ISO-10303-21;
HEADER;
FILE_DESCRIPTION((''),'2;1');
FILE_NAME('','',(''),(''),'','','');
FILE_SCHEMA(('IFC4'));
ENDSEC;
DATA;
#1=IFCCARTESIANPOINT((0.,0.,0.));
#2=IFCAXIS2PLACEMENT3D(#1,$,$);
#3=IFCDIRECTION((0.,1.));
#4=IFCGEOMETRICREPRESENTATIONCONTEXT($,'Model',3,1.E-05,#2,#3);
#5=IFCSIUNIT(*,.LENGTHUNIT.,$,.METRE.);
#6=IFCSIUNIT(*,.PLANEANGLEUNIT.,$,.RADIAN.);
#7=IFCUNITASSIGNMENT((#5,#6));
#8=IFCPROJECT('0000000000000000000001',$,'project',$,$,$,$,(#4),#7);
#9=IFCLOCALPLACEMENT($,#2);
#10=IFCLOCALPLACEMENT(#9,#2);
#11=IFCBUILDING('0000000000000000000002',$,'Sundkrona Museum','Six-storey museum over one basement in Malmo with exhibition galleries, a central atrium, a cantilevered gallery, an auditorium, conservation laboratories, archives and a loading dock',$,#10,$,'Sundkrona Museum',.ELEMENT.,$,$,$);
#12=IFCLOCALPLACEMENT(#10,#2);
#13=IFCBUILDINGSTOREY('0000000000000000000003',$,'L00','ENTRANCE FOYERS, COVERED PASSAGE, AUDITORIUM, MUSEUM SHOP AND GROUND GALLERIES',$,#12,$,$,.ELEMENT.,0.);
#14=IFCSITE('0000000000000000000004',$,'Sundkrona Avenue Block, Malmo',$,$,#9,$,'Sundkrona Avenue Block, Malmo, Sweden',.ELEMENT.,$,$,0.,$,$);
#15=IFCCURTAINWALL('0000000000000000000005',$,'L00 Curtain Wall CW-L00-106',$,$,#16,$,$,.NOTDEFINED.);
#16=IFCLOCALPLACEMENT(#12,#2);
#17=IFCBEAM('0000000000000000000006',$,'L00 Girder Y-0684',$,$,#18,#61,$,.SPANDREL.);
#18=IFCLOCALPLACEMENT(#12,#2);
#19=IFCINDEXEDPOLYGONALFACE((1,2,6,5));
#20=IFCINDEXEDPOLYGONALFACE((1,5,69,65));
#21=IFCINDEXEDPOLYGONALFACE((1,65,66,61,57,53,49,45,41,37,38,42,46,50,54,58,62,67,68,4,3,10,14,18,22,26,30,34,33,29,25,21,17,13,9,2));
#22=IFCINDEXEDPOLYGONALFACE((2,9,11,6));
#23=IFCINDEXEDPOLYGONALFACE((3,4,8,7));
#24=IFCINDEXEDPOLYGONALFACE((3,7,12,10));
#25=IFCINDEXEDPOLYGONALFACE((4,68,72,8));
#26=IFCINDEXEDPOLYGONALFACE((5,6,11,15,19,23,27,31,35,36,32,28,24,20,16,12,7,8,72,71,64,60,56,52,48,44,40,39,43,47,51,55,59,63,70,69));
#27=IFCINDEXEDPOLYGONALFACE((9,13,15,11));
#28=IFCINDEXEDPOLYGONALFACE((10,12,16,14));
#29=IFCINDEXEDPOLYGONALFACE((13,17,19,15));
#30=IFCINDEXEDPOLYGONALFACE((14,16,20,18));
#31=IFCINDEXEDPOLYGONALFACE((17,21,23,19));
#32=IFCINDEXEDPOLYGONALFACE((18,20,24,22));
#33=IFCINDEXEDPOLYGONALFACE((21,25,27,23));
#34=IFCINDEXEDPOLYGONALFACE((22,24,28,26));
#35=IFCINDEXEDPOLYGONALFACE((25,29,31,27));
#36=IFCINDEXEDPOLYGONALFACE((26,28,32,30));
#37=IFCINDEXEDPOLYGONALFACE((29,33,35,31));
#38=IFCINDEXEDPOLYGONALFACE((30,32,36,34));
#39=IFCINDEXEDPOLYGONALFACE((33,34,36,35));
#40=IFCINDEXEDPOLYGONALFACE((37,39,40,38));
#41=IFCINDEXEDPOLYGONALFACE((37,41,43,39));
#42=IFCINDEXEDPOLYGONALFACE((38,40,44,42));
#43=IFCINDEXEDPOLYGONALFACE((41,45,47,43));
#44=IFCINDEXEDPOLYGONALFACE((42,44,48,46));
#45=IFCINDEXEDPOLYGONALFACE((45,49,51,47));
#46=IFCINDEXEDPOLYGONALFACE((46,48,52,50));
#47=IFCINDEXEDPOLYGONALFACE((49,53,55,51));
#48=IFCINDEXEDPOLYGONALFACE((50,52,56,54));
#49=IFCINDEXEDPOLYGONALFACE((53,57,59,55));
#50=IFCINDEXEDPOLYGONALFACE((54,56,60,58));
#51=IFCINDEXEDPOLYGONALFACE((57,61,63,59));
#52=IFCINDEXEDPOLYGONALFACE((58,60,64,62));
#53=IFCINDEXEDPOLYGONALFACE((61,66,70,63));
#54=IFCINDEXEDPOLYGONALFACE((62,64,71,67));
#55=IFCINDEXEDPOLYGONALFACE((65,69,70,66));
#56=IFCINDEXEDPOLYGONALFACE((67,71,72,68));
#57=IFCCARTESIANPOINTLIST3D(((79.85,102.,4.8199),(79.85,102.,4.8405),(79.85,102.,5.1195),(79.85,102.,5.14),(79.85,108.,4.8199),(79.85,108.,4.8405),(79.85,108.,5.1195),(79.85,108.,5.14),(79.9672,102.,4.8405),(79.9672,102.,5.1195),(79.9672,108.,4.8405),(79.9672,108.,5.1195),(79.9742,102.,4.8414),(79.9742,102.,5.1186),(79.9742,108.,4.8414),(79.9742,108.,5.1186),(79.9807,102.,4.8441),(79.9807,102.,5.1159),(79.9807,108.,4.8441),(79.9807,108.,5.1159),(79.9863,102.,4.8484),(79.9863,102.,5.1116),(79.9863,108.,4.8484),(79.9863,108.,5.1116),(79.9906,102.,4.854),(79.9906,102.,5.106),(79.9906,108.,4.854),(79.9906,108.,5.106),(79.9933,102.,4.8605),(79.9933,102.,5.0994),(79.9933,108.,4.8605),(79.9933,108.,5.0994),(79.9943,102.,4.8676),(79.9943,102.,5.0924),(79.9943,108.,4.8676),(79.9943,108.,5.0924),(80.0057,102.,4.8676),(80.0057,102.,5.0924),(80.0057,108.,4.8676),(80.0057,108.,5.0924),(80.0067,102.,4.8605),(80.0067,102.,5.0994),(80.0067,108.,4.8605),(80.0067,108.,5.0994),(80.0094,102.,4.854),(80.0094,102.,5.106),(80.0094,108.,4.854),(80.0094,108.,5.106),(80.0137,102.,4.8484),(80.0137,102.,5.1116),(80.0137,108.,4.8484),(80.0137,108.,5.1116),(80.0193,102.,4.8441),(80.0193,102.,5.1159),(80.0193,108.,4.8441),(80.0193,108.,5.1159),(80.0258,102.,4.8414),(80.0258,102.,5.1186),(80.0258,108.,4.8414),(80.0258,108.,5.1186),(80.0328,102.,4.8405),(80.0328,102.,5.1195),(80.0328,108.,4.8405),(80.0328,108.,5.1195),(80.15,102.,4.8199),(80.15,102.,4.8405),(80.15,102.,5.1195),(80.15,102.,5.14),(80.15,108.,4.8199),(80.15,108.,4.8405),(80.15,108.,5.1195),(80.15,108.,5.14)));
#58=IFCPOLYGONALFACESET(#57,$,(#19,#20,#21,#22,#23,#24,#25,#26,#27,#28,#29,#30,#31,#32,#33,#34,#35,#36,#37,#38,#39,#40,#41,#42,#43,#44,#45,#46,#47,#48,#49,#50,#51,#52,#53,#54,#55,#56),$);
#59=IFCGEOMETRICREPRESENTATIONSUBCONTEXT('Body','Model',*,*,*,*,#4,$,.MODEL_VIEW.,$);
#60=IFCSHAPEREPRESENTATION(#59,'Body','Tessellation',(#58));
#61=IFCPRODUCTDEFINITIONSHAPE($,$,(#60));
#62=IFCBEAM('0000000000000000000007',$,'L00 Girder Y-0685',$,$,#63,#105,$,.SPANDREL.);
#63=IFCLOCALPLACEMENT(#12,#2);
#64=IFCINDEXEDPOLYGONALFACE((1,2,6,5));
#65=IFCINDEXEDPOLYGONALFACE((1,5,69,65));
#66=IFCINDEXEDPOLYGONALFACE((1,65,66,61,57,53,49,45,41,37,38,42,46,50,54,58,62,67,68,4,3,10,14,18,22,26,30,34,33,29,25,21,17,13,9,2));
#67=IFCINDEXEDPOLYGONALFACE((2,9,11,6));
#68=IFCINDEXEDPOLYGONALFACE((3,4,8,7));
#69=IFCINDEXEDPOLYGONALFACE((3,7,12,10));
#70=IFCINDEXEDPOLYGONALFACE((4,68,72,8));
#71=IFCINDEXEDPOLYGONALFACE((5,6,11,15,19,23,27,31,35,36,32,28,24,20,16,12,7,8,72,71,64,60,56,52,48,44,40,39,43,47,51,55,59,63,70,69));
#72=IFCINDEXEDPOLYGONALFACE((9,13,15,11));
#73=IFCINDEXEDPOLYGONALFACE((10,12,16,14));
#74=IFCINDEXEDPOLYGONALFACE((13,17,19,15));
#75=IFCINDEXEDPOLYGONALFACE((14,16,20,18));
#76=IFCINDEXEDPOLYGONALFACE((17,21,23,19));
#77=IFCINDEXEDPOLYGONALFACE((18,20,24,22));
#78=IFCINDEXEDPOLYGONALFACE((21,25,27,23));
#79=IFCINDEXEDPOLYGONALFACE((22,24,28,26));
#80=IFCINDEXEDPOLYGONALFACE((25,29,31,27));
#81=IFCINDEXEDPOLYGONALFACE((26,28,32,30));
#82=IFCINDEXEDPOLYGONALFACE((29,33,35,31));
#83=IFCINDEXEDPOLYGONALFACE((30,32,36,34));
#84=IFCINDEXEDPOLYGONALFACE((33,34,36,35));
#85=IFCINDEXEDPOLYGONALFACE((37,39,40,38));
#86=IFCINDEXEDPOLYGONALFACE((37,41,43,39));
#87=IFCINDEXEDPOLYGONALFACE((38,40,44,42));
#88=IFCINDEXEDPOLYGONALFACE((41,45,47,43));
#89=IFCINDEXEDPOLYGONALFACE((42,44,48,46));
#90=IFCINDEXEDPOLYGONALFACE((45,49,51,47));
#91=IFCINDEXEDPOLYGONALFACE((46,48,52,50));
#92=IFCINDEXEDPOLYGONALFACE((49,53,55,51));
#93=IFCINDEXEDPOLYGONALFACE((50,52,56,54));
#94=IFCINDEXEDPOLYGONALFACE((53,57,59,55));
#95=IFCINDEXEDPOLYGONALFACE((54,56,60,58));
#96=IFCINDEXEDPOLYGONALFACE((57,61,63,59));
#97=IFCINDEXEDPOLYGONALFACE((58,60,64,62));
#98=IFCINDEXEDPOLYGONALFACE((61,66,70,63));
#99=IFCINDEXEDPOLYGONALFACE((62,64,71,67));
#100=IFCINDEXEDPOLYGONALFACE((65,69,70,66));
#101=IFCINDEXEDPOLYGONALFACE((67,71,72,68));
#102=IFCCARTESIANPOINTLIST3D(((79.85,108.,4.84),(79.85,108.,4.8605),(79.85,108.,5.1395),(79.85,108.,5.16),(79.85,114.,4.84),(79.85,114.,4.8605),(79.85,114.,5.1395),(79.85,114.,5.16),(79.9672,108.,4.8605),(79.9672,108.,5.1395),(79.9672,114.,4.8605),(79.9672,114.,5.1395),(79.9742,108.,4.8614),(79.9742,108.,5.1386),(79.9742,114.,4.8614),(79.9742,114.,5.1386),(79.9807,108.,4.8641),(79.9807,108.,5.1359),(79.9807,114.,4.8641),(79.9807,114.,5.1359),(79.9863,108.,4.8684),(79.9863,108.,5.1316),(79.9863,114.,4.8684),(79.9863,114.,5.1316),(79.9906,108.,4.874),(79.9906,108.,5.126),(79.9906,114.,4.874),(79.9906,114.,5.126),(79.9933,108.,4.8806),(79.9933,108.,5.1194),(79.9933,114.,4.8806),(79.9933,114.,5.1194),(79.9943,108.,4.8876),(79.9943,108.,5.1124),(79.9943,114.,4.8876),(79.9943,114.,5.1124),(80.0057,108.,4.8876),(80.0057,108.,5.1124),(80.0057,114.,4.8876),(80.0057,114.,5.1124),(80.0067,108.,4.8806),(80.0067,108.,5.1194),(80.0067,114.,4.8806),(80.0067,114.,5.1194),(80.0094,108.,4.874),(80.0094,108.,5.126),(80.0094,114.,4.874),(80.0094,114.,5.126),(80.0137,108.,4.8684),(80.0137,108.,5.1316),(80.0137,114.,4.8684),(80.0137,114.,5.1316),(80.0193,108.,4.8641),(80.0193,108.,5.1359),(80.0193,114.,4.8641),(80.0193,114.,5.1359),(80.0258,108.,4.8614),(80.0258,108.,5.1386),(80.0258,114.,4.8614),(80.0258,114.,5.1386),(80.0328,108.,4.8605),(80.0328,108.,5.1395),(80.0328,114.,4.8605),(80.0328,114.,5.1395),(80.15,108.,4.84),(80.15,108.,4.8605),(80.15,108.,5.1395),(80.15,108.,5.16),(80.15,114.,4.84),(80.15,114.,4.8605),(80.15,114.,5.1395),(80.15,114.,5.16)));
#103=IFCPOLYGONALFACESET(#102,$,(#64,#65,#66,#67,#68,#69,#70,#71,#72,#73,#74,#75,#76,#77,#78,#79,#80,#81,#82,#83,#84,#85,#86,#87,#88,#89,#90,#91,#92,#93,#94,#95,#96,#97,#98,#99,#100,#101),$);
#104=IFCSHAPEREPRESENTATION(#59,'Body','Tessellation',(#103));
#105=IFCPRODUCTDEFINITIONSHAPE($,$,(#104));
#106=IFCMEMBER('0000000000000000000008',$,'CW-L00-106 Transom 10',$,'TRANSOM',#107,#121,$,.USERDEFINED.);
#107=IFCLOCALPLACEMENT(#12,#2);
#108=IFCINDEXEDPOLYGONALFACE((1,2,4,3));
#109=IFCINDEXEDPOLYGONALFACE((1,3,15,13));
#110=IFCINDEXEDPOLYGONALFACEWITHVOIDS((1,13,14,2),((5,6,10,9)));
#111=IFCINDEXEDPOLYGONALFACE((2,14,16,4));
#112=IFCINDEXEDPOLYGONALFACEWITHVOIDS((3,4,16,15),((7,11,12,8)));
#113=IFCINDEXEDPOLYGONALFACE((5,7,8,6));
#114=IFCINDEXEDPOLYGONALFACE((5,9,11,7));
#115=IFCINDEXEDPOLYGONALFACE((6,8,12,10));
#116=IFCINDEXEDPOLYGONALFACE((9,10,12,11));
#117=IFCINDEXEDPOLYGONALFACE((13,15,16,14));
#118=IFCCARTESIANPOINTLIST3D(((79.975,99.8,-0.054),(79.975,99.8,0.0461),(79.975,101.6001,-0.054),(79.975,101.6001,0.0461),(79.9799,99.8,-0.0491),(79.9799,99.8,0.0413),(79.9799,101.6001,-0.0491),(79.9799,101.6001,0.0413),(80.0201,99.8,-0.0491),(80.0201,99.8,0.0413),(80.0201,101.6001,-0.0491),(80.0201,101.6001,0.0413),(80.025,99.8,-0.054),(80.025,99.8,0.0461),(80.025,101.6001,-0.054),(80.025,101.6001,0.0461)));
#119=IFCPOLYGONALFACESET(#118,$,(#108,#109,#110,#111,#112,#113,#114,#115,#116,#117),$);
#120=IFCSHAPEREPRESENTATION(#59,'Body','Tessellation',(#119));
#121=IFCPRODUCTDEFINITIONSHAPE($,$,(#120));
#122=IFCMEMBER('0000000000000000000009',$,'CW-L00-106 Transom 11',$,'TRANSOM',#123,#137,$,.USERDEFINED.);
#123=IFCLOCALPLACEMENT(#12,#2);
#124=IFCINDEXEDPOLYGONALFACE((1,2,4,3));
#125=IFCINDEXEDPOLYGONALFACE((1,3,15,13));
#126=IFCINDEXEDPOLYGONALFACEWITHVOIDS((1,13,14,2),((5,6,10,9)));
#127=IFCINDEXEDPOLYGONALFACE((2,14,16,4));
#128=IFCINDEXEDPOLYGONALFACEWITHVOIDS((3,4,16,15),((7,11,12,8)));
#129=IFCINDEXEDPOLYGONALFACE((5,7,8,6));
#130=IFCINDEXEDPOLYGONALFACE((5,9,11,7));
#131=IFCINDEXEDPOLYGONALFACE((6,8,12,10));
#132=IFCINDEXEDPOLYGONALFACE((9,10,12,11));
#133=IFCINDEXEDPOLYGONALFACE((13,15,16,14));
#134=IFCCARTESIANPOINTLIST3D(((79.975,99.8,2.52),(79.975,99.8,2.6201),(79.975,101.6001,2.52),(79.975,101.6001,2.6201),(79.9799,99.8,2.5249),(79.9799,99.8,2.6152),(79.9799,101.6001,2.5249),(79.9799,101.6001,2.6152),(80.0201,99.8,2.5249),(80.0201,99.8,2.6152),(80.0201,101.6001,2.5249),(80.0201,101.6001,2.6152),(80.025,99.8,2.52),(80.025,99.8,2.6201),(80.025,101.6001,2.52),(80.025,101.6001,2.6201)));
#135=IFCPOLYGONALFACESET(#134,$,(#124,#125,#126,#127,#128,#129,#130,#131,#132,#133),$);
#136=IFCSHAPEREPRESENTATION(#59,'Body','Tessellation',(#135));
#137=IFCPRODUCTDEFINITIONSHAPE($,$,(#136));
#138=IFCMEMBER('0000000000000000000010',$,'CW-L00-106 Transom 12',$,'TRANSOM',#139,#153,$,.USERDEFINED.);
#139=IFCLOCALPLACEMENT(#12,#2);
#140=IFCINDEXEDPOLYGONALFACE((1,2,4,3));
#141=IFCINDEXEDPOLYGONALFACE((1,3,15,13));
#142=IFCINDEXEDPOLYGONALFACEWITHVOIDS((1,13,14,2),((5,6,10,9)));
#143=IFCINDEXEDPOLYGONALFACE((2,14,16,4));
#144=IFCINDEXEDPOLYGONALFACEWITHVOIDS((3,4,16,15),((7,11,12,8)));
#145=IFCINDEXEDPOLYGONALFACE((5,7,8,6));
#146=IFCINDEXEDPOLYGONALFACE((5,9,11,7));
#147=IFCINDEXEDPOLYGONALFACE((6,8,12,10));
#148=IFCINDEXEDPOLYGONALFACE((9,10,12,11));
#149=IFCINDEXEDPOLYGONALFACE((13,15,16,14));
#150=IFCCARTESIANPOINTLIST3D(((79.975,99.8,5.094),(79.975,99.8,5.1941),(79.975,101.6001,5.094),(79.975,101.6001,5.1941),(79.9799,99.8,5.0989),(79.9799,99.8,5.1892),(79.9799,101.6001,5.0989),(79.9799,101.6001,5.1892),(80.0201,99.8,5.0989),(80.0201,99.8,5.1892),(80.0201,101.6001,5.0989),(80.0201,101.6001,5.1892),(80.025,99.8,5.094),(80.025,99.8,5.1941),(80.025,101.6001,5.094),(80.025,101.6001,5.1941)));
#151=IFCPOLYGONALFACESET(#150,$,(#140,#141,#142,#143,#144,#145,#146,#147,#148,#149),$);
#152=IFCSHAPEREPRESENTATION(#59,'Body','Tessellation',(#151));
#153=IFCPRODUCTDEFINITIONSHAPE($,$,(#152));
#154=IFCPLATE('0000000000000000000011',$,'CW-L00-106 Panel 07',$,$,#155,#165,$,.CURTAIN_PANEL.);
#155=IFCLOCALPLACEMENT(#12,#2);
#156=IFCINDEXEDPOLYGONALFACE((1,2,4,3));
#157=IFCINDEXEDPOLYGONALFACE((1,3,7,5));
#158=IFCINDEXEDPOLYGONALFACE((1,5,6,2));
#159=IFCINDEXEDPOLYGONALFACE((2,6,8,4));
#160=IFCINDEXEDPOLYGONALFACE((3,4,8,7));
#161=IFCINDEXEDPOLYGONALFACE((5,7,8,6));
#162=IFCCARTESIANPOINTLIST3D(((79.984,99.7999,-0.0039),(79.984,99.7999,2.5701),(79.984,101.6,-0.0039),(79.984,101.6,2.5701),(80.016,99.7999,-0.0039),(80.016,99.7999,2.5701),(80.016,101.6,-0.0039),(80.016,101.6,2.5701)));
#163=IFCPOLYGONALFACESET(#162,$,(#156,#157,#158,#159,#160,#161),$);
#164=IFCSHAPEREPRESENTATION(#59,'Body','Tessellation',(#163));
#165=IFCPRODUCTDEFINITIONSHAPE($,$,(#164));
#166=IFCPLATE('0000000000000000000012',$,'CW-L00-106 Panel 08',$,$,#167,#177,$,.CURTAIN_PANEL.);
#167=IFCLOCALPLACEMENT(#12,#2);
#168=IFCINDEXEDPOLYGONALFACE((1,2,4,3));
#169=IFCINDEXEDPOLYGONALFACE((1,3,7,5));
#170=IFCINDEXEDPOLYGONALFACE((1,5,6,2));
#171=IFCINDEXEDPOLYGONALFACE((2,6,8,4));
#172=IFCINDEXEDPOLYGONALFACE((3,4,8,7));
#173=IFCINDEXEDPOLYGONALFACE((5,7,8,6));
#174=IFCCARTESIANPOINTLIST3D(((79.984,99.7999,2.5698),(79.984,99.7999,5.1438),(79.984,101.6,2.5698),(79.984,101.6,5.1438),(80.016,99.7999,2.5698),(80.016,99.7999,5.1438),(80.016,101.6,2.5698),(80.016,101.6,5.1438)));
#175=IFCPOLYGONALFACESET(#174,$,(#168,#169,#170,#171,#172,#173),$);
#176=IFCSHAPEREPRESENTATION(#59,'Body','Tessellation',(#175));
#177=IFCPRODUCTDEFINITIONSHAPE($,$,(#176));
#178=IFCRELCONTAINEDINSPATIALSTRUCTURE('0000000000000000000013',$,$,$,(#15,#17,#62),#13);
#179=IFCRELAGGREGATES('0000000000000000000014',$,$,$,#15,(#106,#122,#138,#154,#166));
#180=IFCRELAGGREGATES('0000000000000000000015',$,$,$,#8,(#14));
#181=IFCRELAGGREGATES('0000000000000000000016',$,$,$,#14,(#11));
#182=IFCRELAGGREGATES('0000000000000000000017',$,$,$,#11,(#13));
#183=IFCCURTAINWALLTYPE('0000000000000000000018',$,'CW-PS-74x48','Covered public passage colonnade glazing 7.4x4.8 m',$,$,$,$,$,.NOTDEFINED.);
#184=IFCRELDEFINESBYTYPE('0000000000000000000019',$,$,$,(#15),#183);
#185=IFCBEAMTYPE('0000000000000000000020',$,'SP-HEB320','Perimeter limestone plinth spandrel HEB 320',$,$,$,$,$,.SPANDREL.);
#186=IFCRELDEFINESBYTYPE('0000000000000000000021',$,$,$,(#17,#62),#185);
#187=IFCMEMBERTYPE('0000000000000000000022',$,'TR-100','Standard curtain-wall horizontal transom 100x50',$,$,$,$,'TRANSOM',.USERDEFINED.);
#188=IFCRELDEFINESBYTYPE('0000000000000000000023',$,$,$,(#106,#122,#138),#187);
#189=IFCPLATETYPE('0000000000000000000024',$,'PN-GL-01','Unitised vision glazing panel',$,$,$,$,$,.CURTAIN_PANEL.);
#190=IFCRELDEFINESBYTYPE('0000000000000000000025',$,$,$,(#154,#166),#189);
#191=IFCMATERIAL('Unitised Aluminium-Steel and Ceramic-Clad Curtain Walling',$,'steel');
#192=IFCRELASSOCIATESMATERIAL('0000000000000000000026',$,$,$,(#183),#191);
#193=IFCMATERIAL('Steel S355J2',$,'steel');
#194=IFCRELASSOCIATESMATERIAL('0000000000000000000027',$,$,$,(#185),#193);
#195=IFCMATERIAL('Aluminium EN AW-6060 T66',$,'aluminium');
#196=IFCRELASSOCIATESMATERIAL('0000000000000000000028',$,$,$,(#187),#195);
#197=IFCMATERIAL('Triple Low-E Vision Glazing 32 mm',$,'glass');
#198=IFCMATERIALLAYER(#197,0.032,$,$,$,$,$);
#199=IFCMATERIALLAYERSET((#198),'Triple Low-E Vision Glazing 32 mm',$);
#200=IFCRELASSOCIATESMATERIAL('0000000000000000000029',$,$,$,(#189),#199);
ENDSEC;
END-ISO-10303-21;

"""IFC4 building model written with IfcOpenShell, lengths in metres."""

from ifc_helpers import new_model, si_unit, direction, frame, origin, origin_2d, place, context, subcontext, project, spatial, rectangle, hollow_rectangle, i_section, extrude, material, layer, layer_set, material_profile, profile_set, type_object, element, aggregate, save


model = new_model("IFC4")

# Units and contexts
model_context = context("Model", 3, precision=1e-05, world=origin(), true_north=direction((0.0, 1.0)))
body_context = subcontext(model_context, "Body", "Model", "MODEL_VIEW")
ifc_project = project(units=[si_unit("LENGTHUNIT", "METRE"), si_unit("PLANEANGLEUNIT", "RADIAN")], contexts=[model_context])

# Site, building, storey
site_placement = place(None, origin())
site = spatial("IfcSite", under=ifc_project, at=site_placement, Name="Sundkrona Avenue Block, Malmo", LongName="Sundkrona Avenue Block, Malmo, Sweden", CompositionType="ELEMENT", RefElevation=0.0)
building_placement = place(site_placement, origin())
building = spatial("IfcBuilding", under=site, at=building_placement, Name="Sundkrona Museum", Description="Six-storey museum over one basement in Malmo with exhibition galleries, a central atrium, a cantilevered gallery, an auditorium, conservation laboratories, archives and a loading dock", LongName="Sundkrona Museum", CompositionType="ELEMENT")
storey_placement = place(building_placement, origin())
storey = spatial("IfcBuildingStorey", under=building, at=storey_placement, Name="L00", Description="ENTRANCE FOYERS, COVERED PASSAGE, AUDITORIUM, MUSEUM SHOP AND GROUND GALLERIES", CompositionType="ELEMENT", Elevation=0.0)

# Shared definitions
ifc_material_1 = material(Name="Steel S355J2", Category="steel")

# Curtain wall
ifc_material_2 = material(Name="Unitised Aluminium-Steel and Ceramic-Clad Curtain Walling", Category="steel")
curtain_wall_type = type_object("IfcCurtainWallType", Name="CW-PS-74x48", Description="Covered public passage colonnade glazing 7.4x4.8 m", PredefinedType="NOTDEFINED", material=ifc_material_2)
curtain_wall_placement = place(storey_placement, origin())
curtain_wall = element("IfcCurtainWall", 1, at=curtain_wall_placement, inside=storey, type_object=curtain_wall_type, Name="L00 Curtain Wall CW-L00-106", PredefinedType="NOTDEFINED")
ifc_material_3 = material(Name="Aluminium EN AW-6060 T66", Category="aluminium")

# Beams
ifc_material_profile_1 = material_profile(ifc_material_1, i_section(OverallWidth=0.3, OverallDepth=0.3201, WebThickness=0.0115, FlangeThickness=0.0205, FilletRadius=0.0271, at=origin_2d()), Name="HEB 320")
ifc_profile_set_1 = profile_set([ifc_material_profile_1], Name="Steel S355J2")
beam_type = type_object("IfcBeamType", Name="SP-HEB320", Description="Perimeter limestone plinth spandrel HEB 320", PredefinedType="SPANDREL", material=ifc_profile_set_1)
for number, where, z_axis, x_axis, name in (
    (2, (80.0, 102.0, 4.98), (0.0, 1.0, 0.0), (-1.0, 0.0, 0.0), "L00 Girder Y-0684"),
    (3, (80.0, 108.0, 5.0), (0.0, 1.0, 0.0), (-1.0, 0.0, 0.0), "L00 Girder Y-0685"),
):
    element("IfcBeam", number, at=place(storey_placement, frame(where, z_axis=z_axis, x_axis=x_axis)), inside=storey, type_object=beam_type, Name=name, PredefinedType="SPANDREL", context=body_context, shape_type="SweptSolid", body=[
        extrude(i_section(OverallWidth=0.3, OverallDepth=0.3201, WebThickness=0.0115, FlangeThickness=0.0205, FilletRadius=0.0271, at=origin_2d()), origin(), (0.0, 0.0, 1.0), 6.0),
    ])

# Members
ifc_material_profile_2 = material_profile(ifc_material_3, hollow_rectangle(XDim=0.05, YDim=0.1001, WallThickness=0.0049, at=origin_2d()), Name="RHS 100x50x5.0")
ifc_profile_set_2 = profile_set([ifc_material_profile_2], Name="Aluminium EN AW-6060 T66")
member_type_1 = type_object("IfcMemberType", Name="TR-100", Description="Standard curtain-wall horizontal transom 100x50", ElementType="TRANSOM", PredefinedType="USERDEFINED", material=ifc_profile_set_2)
member_1_placement = place(storey_placement, frame((80.0, 99.8, -0.0039), z_axis=(0.0, 1.0, 0.0), x_axis=(-1.0, 0.0, 0.0)))
member_1 = element("IfcMember", 4, at=member_1_placement, type_object=member_type_1, Name="CW-L00-106 Transom 10", ObjectType="TRANSOM", PredefinedType="USERDEFINED", context=body_context, shape_type="SweptSolid", body=[
    extrude(hollow_rectangle(XDim=0.05, YDim=0.1001, WallThickness=0.0049, at=origin_2d()), origin(), (0.0, 0.0, 1.0), 1.8),
])
member_2_placement = place(storey_placement, frame((80.0, 99.8, 2.5701), z_axis=(0.0, 1.0, 0.0), x_axis=(-1.0, 0.0, 0.0)))
member_2 = element("IfcMember", 5, at=member_2_placement, type_object=member_type_1, Name="CW-L00-106 Transom 11", ObjectType="TRANSOM", PredefinedType="USERDEFINED", context=body_context, shape_type="SweptSolid", body=[
    extrude(hollow_rectangle(XDim=0.05, YDim=0.1001, WallThickness=0.0049, at=origin_2d()), origin(), (0.0, 0.0, 1.0), 1.8),
])
member_3_placement = place(storey_placement, frame((80.0, 99.8, 5.144), z_axis=(0.0, 1.0, 0.0), x_axis=(-1.0, 0.0, 0.0)))
member_3 = element("IfcMember", 6, at=member_3_placement, type_object=member_type_1, Name="CW-L00-106 Transom 12", ObjectType="TRANSOM", PredefinedType="USERDEFINED", context=body_context, shape_type="SweptSolid", body=[
    extrude(hollow_rectangle(XDim=0.05, YDim=0.1001, WallThickness=0.0049, at=origin_2d()), origin(), (0.0, 0.0, 1.0), 1.8),
])

# Plates
ifc_material_4 = material(Name="Triple Low-E Vision Glazing 32 mm", Category="glass")
ifc_layer_1 = layer(ifc_material_4, 0.032)
ifc_layer_set_1 = layer_set([ifc_layer_1], Name="Triple Low-E Vision Glazing 32 mm")
plate_type = type_object("IfcPlateType", Name="PN-GL-01", Description="Unitised vision glazing panel", PredefinedType="CURTAIN_PANEL", material=ifc_layer_set_1)
plate_1_placement = place(storey_placement, frame((80.0, 100.7, -0.0039), z_axis=(0.0, 0.0, 1.0), x_axis=(0.0, 1.0, 0.0)))
plate_1 = element("IfcPlate", 7, at=plate_1_placement, type_object=plate_type, Name="CW-L00-106 Panel 07", PredefinedType="CURTAIN_PANEL", context=body_context, shape_type="SweptSolid", body=[
    extrude(rectangle(XDim=1.8, YDim=0.032, at=origin_2d()), origin(), (0.0, 0.0, 1.0), 2.574),
])
plate_2_placement = place(storey_placement, frame((80.0, 100.7, 2.5698), z_axis=(0.0, 0.0, 1.0), x_axis=(0.0, 1.0, 0.0)))
plate_2 = element("IfcPlate", 8, at=plate_2_placement, type_object=plate_type, Name="CW-L00-106 Panel 08", PredefinedType="CURTAIN_PANEL", context=body_context, shape_type="SweptSolid", body=[
    extrude(rectangle(XDim=1.8, YDim=0.032, at=origin_2d()), origin(), (0.0, 0.0, 1.0), 2.574),
])
aggregate(curtain_wall, [member_1, member_2, member_3, plate_1, plate_2])

save(model, "model.ifc")
